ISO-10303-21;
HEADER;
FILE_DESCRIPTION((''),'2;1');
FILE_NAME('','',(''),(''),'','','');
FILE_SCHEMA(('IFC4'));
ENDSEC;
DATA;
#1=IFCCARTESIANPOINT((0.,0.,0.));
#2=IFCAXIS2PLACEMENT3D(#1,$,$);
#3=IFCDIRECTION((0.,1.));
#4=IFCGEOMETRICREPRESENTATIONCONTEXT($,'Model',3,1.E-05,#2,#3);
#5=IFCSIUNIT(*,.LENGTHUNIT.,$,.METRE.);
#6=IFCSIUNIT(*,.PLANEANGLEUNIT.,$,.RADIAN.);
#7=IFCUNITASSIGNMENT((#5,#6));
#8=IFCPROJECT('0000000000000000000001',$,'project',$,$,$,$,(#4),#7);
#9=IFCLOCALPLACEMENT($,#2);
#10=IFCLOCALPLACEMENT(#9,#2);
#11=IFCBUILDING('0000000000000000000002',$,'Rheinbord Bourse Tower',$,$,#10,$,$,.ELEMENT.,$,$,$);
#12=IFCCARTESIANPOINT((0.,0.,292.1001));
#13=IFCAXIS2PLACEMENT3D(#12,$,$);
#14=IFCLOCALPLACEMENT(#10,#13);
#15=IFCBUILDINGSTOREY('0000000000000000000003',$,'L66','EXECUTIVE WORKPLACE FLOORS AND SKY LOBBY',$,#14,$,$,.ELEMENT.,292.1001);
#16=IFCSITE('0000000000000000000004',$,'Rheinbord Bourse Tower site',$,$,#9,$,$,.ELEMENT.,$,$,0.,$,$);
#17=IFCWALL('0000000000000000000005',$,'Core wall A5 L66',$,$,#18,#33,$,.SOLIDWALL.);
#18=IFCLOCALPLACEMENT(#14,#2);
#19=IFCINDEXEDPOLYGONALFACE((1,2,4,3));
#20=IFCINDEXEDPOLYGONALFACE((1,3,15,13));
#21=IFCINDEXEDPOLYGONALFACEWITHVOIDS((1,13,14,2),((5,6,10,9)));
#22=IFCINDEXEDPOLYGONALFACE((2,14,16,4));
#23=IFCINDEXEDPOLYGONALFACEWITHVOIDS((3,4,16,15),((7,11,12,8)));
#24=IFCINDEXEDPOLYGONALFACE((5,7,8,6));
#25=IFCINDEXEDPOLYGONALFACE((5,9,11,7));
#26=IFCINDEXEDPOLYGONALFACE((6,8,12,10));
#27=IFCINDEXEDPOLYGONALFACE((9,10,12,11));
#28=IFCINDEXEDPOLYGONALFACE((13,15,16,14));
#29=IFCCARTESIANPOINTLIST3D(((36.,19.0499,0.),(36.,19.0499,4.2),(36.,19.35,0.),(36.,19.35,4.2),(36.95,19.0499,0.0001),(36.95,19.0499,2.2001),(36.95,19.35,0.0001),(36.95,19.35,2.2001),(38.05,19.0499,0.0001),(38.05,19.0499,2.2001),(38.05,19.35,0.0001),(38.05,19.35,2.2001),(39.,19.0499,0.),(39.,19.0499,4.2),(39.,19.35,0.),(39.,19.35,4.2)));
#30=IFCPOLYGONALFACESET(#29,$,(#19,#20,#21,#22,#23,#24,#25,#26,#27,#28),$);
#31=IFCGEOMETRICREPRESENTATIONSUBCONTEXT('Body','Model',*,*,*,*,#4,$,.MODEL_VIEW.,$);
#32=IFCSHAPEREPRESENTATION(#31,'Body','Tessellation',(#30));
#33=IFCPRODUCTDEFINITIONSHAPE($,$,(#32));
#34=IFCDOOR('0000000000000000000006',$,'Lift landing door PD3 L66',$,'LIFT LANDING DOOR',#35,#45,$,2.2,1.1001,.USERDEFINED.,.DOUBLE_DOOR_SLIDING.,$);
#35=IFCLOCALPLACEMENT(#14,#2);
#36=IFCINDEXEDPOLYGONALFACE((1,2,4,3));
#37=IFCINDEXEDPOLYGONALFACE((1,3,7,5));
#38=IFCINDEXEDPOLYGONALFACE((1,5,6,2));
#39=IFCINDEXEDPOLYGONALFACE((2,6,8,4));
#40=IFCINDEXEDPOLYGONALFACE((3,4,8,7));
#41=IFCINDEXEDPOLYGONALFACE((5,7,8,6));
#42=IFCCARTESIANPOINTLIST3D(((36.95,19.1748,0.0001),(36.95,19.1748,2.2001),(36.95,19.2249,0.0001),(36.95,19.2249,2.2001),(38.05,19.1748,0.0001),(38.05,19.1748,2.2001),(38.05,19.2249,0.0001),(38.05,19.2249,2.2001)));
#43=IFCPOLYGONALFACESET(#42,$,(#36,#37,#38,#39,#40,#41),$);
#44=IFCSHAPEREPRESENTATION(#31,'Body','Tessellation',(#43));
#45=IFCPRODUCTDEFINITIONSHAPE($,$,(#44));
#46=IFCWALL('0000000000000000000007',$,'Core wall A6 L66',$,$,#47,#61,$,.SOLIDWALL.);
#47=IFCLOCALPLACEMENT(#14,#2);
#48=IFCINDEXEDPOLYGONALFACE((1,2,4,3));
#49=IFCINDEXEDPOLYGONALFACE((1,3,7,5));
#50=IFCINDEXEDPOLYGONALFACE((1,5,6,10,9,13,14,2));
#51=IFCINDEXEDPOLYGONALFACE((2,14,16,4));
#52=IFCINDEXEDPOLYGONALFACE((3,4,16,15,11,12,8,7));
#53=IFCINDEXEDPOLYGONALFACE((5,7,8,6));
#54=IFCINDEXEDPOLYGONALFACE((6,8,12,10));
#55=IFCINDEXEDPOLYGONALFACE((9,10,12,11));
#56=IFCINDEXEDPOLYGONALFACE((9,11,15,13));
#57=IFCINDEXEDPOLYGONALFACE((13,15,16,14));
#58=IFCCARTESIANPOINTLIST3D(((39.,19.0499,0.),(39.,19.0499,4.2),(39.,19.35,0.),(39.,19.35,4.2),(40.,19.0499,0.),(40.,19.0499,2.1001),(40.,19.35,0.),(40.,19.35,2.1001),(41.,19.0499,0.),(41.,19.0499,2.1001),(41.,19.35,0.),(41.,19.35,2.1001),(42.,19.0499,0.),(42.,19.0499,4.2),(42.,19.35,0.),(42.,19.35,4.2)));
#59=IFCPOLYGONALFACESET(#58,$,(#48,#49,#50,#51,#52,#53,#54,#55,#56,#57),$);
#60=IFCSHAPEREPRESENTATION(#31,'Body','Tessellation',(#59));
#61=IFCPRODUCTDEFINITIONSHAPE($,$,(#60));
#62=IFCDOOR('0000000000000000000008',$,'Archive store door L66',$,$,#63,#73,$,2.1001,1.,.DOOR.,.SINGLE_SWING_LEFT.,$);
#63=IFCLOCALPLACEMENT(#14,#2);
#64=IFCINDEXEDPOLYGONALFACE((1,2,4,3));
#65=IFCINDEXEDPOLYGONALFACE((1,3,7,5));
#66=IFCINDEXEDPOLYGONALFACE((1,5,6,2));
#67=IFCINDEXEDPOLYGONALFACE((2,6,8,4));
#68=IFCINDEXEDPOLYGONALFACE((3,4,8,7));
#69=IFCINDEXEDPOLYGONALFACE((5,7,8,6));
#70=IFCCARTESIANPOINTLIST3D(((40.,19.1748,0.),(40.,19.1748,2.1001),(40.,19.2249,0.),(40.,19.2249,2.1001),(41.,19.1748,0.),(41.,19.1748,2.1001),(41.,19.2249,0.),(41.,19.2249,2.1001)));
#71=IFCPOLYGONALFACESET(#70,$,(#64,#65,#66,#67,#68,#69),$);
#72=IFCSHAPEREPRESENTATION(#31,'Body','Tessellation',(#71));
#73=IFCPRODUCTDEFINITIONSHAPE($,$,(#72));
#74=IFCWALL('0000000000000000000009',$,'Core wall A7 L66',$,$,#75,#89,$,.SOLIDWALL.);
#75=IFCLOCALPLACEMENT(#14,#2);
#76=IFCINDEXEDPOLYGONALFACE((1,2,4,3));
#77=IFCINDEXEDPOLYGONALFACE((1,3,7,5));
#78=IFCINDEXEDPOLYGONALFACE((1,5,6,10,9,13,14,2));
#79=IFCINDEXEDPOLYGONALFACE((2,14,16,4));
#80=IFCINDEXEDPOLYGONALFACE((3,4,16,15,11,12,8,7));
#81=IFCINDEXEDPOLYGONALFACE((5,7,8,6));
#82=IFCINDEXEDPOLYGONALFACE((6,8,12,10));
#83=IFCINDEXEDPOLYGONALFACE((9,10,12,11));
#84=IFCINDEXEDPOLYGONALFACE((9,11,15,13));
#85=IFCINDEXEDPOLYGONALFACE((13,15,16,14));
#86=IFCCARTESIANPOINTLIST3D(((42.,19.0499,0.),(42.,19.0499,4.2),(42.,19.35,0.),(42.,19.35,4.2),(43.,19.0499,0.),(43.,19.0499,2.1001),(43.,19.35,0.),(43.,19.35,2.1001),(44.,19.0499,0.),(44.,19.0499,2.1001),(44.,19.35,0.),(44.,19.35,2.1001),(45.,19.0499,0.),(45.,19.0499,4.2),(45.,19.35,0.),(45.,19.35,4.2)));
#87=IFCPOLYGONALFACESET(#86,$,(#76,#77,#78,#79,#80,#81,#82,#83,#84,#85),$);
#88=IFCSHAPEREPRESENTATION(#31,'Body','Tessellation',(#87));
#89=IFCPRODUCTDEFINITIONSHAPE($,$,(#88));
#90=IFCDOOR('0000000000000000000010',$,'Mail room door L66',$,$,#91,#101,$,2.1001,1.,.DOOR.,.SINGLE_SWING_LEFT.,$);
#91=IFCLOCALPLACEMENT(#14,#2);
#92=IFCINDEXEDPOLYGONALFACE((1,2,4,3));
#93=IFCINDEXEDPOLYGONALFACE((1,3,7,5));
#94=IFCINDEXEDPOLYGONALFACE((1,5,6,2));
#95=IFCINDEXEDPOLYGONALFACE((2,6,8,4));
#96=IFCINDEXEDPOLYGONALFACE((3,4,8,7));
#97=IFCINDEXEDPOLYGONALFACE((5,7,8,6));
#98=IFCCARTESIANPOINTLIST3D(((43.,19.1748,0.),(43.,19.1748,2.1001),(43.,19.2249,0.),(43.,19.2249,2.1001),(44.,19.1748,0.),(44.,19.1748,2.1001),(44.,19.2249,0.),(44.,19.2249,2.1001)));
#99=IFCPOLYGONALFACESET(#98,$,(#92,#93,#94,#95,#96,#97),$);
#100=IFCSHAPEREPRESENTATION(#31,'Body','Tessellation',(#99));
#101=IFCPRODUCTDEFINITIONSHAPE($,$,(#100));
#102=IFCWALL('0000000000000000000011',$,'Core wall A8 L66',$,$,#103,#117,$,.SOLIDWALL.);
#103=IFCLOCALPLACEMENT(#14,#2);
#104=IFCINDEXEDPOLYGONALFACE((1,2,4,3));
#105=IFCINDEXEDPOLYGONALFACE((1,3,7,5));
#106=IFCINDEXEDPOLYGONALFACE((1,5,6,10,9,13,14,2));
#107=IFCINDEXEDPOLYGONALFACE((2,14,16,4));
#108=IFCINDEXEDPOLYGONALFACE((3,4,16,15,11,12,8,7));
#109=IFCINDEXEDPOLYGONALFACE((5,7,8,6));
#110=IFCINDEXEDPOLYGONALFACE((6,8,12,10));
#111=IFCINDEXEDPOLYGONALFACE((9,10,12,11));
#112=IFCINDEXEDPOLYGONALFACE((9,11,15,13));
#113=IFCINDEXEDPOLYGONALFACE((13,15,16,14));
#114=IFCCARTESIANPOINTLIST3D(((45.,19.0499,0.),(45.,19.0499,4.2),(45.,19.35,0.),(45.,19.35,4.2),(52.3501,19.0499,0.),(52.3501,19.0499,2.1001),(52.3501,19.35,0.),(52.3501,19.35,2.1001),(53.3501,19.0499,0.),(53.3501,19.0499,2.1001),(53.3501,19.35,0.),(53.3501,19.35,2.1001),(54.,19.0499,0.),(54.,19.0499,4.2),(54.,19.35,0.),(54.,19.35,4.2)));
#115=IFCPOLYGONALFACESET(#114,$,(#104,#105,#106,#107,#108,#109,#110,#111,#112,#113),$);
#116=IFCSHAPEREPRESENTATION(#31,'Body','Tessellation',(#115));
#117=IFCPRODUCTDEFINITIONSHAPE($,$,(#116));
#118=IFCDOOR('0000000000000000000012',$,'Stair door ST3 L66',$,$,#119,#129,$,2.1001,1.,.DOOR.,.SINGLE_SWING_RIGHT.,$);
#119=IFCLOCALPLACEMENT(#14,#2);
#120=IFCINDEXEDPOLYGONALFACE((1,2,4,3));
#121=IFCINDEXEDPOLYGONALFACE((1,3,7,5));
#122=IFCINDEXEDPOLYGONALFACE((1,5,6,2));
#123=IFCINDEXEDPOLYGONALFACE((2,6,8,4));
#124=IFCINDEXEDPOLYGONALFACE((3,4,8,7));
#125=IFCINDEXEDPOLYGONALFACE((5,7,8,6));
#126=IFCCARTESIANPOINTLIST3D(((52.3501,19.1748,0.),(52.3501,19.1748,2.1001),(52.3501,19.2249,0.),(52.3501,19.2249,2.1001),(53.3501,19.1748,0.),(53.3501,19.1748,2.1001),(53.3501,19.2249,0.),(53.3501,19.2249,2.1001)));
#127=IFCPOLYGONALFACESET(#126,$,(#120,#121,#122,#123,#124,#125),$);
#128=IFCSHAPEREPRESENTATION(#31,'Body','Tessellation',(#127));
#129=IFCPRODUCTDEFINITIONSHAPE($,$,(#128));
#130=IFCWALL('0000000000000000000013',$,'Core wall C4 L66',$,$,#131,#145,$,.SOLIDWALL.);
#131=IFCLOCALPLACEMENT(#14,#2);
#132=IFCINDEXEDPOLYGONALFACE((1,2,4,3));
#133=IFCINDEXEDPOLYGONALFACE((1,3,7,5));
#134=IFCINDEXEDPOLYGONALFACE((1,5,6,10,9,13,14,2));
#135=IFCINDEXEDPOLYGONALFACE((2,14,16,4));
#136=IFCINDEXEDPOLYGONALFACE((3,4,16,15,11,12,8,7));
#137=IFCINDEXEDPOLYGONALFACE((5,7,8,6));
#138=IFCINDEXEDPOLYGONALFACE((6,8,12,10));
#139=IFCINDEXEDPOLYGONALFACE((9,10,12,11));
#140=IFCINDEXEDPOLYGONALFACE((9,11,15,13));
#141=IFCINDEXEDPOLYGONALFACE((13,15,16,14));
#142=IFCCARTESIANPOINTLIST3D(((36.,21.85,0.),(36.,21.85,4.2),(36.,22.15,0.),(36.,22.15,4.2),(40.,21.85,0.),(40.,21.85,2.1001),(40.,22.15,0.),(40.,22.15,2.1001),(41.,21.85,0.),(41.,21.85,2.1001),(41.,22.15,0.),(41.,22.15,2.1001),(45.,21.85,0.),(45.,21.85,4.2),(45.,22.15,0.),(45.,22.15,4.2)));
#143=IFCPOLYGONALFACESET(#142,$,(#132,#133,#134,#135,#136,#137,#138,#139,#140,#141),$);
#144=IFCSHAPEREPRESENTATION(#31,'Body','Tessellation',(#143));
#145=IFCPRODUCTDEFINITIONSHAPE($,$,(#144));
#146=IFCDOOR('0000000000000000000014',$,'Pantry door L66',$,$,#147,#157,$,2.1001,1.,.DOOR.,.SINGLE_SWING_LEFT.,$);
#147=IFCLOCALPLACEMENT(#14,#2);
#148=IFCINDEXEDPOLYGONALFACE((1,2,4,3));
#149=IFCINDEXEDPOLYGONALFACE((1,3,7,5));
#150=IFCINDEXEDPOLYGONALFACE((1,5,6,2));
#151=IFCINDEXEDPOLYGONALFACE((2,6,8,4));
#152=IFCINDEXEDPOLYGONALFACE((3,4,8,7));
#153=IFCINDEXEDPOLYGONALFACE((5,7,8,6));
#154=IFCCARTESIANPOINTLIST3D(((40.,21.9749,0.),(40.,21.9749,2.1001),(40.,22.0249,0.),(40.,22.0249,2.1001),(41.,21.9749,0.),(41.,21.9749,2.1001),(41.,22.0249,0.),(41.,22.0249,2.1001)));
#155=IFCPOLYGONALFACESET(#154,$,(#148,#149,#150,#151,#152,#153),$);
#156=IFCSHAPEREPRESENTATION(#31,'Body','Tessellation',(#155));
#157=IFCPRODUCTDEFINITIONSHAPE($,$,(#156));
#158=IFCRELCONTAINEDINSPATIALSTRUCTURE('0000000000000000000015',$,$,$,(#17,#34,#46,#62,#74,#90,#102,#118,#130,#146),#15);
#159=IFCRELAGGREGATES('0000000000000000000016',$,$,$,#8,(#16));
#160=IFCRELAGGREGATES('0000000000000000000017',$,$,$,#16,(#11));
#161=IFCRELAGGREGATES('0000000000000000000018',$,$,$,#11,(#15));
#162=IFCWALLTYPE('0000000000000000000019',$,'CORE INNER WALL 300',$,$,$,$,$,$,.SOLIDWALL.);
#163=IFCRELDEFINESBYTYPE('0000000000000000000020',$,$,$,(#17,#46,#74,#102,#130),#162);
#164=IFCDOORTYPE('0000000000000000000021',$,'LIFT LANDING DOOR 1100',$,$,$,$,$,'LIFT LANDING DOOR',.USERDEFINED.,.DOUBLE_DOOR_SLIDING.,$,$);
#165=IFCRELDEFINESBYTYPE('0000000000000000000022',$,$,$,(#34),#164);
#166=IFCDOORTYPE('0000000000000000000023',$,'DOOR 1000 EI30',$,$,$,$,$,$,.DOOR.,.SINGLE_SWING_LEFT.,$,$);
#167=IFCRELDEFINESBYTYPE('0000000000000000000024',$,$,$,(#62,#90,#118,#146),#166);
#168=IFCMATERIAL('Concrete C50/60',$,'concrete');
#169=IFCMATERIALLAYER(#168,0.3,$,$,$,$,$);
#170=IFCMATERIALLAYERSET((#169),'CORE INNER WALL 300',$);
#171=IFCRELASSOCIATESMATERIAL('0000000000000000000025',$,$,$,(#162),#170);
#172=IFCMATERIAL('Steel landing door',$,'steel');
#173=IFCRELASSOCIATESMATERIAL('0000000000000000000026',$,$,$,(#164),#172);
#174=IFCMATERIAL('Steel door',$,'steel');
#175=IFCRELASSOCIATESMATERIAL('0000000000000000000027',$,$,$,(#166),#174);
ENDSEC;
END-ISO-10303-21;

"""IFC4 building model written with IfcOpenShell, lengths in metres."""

from ifc_helpers import new_model, si_unit, direction, frame, frame_2d, origin, place, context, subcontext, project, spatial, rectangle, extrude, material, layer, layer_set, type_object, element, fill, save


model = new_model("IFC4")

# Units and contexts
model_context = context("Model", 3, precision=1e-05, world=origin(), true_north=direction((0.0, 1.0)))
body_context = subcontext(model_context, "Body", "Model", "MODEL_VIEW")
ifc_project = project(units=[si_unit("LENGTHUNIT", "METRE"), si_unit("PLANEANGLEUNIT", "RADIAN")], contexts=[model_context])

# Site, building, storey
site_placement = place(None, origin())
site = spatial("IfcSite", under=ifc_project, at=site_placement, Name="Rheinbord Bourse Tower site", CompositionType="ELEMENT", RefElevation=0.0)
building_placement = place(site_placement, origin())
building = spatial("IfcBuilding", under=site, at=building_placement, Name="Rheinbord Bourse Tower", CompositionType="ELEMENT")
storey_placement = place(building_placement, frame((0.0, 0.0, 292.1001)))
storey = spatial("IfcBuildingStorey", under=building, at=storey_placement, Name="L66", Description="EXECUTIVE WORKPLACE FLOORS AND SKY LOBBY", CompositionType="ELEMENT", Elevation=292.1001)

# Walls, openings, doors
ifc_material_1 = material(Name="Concrete C50/60", Category="concrete")
ifc_layer_1 = layer(ifc_material_1, 0.3)
ifc_layer_set_1 = layer_set([ifc_layer_1], Name="CORE INNER WALL 300")
wall_type_1 = type_object("IfcWallType", Name="CORE INNER WALL 300", PredefinedType="SOLIDWALL", material=ifc_layer_set_1)
wall_1_placement = place(storey_placement, frame((36.0, 19.2, 0.0), z_axis=(0.0, 0.0, 1.0), x_axis=(1.0, 0.0, 0.0)))
wall_1 = element("IfcWall", 1, at=wall_1_placement, inside=storey, type_object=wall_type_1, Name="Core wall A5 L66", PredefinedType="SOLIDWALL", context=body_context, shape_type="SweptSolid", body=[
    extrude(rectangle(XDim=3.0, YDim=0.3, at=frame_2d((1.5, 0.0))), origin(), (0.0, 0.0, 1.0), 4.2),
])
opening_1_placement = place(wall_1_placement, frame((0.95, 0.0, 0.0)))
opening_1 = element("IfcOpeningElement", 2, at=opening_1_placement, cuts=wall_1, PredefinedType="OPENING", context=body_context, shape_type="SweptSolid", body=[
    extrude(rectangle(XDim=1.1001, YDim=2.2, at=frame_2d((0.55, 1.1001))), frame((0.0, 0.1599, 0.0), z_axis=(0.0, -1.0, 0.0), x_axis=(1.0, 0.0, 0.0)), (0.0, 0.0, 1.0), 0.3201),
])
ifc_material_2 = material(Name="Steel landing door", Category="steel")
door_type_1 = type_object("IfcDoorType", Name="LIFT LANDING DOOR 1100", ElementType="LIFT LANDING DOOR", OperationType="DOUBLE_DOOR_SLIDING", PredefinedType="USERDEFINED", material=ifc_material_2)
door_1_placement = place(opening_1_placement, origin())
door_1 = element("IfcDoor", 3, at=door_1_placement, inside=storey, type_object=door_type_1, Name="Lift landing door PD3 L66", ObjectType="LIFT LANDING DOOR", OperationType="DOUBLE_DOOR_SLIDING", OverallHeight=2.2, OverallWidth=1.1001, PredefinedType="USERDEFINED", context=body_context, shape_type="SweptSolid", body=[
    extrude(rectangle(XDim=1.1001, YDim=2.2, at=frame_2d((0.55, 1.1001))), frame((0.0, 0.0249, 0.0), z_axis=(0.0, -1.0, 0.0), x_axis=(1.0, 0.0, 0.0)), (0.0, 0.0, 1.0), 0.05),
])
fill(opening_1, door_1)
wall_2_placement = place(storey_placement, frame((39.0, 19.2, 0.0), z_axis=(0.0, 0.0, 1.0), x_axis=(1.0, 0.0, 0.0)))
wall_2 = element("IfcWall", 4, at=wall_2_placement, inside=storey, type_object=wall_type_1, Name="Core wall A6 L66", PredefinedType="SOLIDWALL", context=body_context, shape_type="SweptSolid", body=[
    extrude(rectangle(XDim=3.0, YDim=0.3, at=frame_2d((1.5, 0.0))), origin(), (0.0, 0.0, 1.0), 4.2),
])
opening_2_placement = place(wall_2_placement, frame((1.0, 0.0, 0.0)))
opening_2 = element("IfcOpeningElement", 5, at=opening_2_placement, cuts=wall_2, PredefinedType="OPENING", context=body_context, shape_type="SweptSolid", body=[
    extrude(rectangle(XDim=1.0, YDim=2.1001, at=frame_2d((0.5, 1.05))), frame((0.0, 0.1599, 0.0), z_axis=(0.0, -1.0, 0.0), x_axis=(1.0, 0.0, 0.0)), (0.0, 0.0, 1.0), 0.3201),
])
ifc_material_3 = material(Name="Steel door", Category="steel")
door_type_2 = type_object("IfcDoorType", Name="DOOR 1000 EI30", OperationType="SINGLE_SWING_LEFT", PredefinedType="DOOR", material=ifc_material_3)
door_2_placement = place(opening_2_placement, origin())
door_2 = element("IfcDoor", 6, at=door_2_placement, inside=storey, type_object=door_type_2, Name="Archive store door L66", OperationType="SINGLE_SWING_LEFT", OverallHeight=2.1001, OverallWidth=1.0, PredefinedType="DOOR", context=body_context, shape_type="SweptSolid", body=[
    extrude(rectangle(XDim=1.0, YDim=2.1001, at=frame_2d((0.5, 1.05))), frame((0.0, 0.0249, 0.0), z_axis=(0.0, -1.0, 0.0), x_axis=(1.0, 0.0, 0.0)), (0.0, 0.0, 1.0), 0.05),
])
fill(opening_2, door_2)
wall_3_placement = place(storey_placement, frame((42.0, 19.2, 0.0), z_axis=(0.0, 0.0, 1.0), x_axis=(1.0, 0.0, 0.0)))
wall_3 = element("IfcWall", 7, at=wall_3_placement, inside=storey, type_object=wall_type_1, Name="Core wall A7 L66", PredefinedType="SOLIDWALL", context=body_context, shape_type="SweptSolid", body=[
    extrude(rectangle(XDim=3.0, YDim=0.3, at=frame_2d((1.5, 0.0))), origin(), (0.0, 0.0, 1.0), 4.2),
])
opening_3_placement = place(wall_3_placement, frame((1.0, 0.0, 0.0)))
opening_3 = element("IfcOpeningElement", 8, at=opening_3_placement, cuts=wall_3, PredefinedType="OPENING", context=body_context, shape_type="SweptSolid", body=[
    extrude(rectangle(XDim=1.0, YDim=2.1001, at=frame_2d((0.5, 1.05))), frame((0.0, 0.1599, 0.0), z_axis=(0.0, -1.0, 0.0), x_axis=(1.0, 0.0, 0.0)), (0.0, 0.0, 1.0), 0.3201),
])
door_3_placement = place(opening_3_placement, origin())
door_3 = element("IfcDoor", 9, at=door_3_placement, inside=storey, type_object=door_type_2, Name="Mail room door L66", OperationType="SINGLE_SWING_LEFT", OverallHeight=2.1001, OverallWidth=1.0, PredefinedType="DOOR", context=body_context, shape_type="SweptSolid", body=[
    extrude(rectangle(XDim=1.0, YDim=2.1001, at=frame_2d((0.5, 1.05))), frame((0.0, 0.0249, 0.0), z_axis=(0.0, -1.0, 0.0), x_axis=(1.0, 0.0, 0.0)), (0.0, 0.0, 1.0), 0.05),
])
fill(opening_3, door_3)
wall_4_placement = place(storey_placement, frame((45.0, 19.2, 0.0), z_axis=(0.0, 0.0, 1.0), x_axis=(1.0, 0.0, 0.0)))
wall_4 = element("IfcWall", 10, at=wall_4_placement, inside=storey, type_object=wall_type_1, Name="Core wall A8 L66", PredefinedType="SOLIDWALL", context=body_context, shape_type="SweptSolid", body=[
    extrude(rectangle(XDim=9.0, YDim=0.3, at=frame_2d((4.5, 0.0))), origin(), (0.0, 0.0, 1.0), 4.2),
])
opening_4_placement = place(wall_4_placement, frame((7.3501, 0.0, 0.0)))
opening_4 = element("IfcOpeningElement", 11, at=opening_4_placement, cuts=wall_4, PredefinedType="OPENING", context=body_context, shape_type="SweptSolid", body=[
    extrude(rectangle(XDim=1.0, YDim=2.1001, at=frame_2d((0.5, 1.05))), frame((0.0, 0.1599, 0.0), z_axis=(0.0, -1.0, 0.0), x_axis=(1.0, 0.0, 0.0)), (0.0, 0.0, 1.0), 0.3201),
])
door_4_placement = place(opening_4_placement, origin())
door_4 = element("IfcDoor", 12, at=door_4_placement, inside=storey, type_object=door_type_2, Name="Stair door ST3 L66", OperationType="SINGLE_SWING_RIGHT", OverallHeight=2.1001, OverallWidth=1.0, PredefinedType="DOOR", context=body_context, shape_type="SweptSolid", body=[
    extrude(rectangle(XDim=1.0, YDim=2.1001, at=frame_2d((0.5, 1.05))), frame((0.0, 0.0249, 0.0), z_axis=(0.0, -1.0, 0.0), x_axis=(1.0, 0.0, 0.0)), (0.0, 0.0, 1.0), 0.05),
])
fill(opening_4, door_4)
wall_5_placement = place(storey_placement, frame((36.0, 22.0, 0.0), z_axis=(0.0, 0.0, 1.0), x_axis=(1.0, 0.0, 0.0)))
wall_5 = element("IfcWall", 13, at=wall_5_placement, inside=storey, type_object=wall_type_1, Name="Core wall C4 L66", PredefinedType="SOLIDWALL", context=body_context, shape_type="SweptSolid", body=[
    extrude(rectangle(XDim=9.0, YDim=0.3, at=frame_2d((4.5, 0.0))), origin(), (0.0, 0.0, 1.0), 4.2),
])
opening_5_placement = place(wall_5_placement, frame((4.0, 0.0, 0.0)))
opening_5 = element("IfcOpeningElement", 14, at=opening_5_placement, cuts=wall_5, PredefinedType="OPENING", context=body_context, shape_type="SweptSolid", body=[
    extrude(rectangle(XDim=1.0, YDim=2.1001, at=frame_2d((0.5, 1.05))), frame((0.0, 0.1599, 0.0), z_axis=(0.0, -1.0, 0.0), x_axis=(1.0, 0.0, 0.0)), (0.0, 0.0, 1.0), 0.3201),
])
door_5_placement = place(opening_5_placement, origin())
door_5 = element("IfcDoor", 15, at=door_5_placement, inside=storey, type_object=door_type_2, Name="Pantry door L66", OperationType="SINGLE_SWING_LEFT", OverallHeight=2.1001, OverallWidth=1.0, PredefinedType="DOOR", context=body_context, shape_type="SweptSolid", body=[
    extrude(rectangle(XDim=1.0, YDim=2.1001, at=frame_2d((0.5, 1.05))), frame((0.0, 0.0249, 0.0), z_axis=(0.0, -1.0, 0.0), x_axis=(1.0, 0.0, 0.0)), (0.0, 0.0, 1.0), 0.05),
])
fill(opening_5, door_5)

save(model, "model.ifc")
